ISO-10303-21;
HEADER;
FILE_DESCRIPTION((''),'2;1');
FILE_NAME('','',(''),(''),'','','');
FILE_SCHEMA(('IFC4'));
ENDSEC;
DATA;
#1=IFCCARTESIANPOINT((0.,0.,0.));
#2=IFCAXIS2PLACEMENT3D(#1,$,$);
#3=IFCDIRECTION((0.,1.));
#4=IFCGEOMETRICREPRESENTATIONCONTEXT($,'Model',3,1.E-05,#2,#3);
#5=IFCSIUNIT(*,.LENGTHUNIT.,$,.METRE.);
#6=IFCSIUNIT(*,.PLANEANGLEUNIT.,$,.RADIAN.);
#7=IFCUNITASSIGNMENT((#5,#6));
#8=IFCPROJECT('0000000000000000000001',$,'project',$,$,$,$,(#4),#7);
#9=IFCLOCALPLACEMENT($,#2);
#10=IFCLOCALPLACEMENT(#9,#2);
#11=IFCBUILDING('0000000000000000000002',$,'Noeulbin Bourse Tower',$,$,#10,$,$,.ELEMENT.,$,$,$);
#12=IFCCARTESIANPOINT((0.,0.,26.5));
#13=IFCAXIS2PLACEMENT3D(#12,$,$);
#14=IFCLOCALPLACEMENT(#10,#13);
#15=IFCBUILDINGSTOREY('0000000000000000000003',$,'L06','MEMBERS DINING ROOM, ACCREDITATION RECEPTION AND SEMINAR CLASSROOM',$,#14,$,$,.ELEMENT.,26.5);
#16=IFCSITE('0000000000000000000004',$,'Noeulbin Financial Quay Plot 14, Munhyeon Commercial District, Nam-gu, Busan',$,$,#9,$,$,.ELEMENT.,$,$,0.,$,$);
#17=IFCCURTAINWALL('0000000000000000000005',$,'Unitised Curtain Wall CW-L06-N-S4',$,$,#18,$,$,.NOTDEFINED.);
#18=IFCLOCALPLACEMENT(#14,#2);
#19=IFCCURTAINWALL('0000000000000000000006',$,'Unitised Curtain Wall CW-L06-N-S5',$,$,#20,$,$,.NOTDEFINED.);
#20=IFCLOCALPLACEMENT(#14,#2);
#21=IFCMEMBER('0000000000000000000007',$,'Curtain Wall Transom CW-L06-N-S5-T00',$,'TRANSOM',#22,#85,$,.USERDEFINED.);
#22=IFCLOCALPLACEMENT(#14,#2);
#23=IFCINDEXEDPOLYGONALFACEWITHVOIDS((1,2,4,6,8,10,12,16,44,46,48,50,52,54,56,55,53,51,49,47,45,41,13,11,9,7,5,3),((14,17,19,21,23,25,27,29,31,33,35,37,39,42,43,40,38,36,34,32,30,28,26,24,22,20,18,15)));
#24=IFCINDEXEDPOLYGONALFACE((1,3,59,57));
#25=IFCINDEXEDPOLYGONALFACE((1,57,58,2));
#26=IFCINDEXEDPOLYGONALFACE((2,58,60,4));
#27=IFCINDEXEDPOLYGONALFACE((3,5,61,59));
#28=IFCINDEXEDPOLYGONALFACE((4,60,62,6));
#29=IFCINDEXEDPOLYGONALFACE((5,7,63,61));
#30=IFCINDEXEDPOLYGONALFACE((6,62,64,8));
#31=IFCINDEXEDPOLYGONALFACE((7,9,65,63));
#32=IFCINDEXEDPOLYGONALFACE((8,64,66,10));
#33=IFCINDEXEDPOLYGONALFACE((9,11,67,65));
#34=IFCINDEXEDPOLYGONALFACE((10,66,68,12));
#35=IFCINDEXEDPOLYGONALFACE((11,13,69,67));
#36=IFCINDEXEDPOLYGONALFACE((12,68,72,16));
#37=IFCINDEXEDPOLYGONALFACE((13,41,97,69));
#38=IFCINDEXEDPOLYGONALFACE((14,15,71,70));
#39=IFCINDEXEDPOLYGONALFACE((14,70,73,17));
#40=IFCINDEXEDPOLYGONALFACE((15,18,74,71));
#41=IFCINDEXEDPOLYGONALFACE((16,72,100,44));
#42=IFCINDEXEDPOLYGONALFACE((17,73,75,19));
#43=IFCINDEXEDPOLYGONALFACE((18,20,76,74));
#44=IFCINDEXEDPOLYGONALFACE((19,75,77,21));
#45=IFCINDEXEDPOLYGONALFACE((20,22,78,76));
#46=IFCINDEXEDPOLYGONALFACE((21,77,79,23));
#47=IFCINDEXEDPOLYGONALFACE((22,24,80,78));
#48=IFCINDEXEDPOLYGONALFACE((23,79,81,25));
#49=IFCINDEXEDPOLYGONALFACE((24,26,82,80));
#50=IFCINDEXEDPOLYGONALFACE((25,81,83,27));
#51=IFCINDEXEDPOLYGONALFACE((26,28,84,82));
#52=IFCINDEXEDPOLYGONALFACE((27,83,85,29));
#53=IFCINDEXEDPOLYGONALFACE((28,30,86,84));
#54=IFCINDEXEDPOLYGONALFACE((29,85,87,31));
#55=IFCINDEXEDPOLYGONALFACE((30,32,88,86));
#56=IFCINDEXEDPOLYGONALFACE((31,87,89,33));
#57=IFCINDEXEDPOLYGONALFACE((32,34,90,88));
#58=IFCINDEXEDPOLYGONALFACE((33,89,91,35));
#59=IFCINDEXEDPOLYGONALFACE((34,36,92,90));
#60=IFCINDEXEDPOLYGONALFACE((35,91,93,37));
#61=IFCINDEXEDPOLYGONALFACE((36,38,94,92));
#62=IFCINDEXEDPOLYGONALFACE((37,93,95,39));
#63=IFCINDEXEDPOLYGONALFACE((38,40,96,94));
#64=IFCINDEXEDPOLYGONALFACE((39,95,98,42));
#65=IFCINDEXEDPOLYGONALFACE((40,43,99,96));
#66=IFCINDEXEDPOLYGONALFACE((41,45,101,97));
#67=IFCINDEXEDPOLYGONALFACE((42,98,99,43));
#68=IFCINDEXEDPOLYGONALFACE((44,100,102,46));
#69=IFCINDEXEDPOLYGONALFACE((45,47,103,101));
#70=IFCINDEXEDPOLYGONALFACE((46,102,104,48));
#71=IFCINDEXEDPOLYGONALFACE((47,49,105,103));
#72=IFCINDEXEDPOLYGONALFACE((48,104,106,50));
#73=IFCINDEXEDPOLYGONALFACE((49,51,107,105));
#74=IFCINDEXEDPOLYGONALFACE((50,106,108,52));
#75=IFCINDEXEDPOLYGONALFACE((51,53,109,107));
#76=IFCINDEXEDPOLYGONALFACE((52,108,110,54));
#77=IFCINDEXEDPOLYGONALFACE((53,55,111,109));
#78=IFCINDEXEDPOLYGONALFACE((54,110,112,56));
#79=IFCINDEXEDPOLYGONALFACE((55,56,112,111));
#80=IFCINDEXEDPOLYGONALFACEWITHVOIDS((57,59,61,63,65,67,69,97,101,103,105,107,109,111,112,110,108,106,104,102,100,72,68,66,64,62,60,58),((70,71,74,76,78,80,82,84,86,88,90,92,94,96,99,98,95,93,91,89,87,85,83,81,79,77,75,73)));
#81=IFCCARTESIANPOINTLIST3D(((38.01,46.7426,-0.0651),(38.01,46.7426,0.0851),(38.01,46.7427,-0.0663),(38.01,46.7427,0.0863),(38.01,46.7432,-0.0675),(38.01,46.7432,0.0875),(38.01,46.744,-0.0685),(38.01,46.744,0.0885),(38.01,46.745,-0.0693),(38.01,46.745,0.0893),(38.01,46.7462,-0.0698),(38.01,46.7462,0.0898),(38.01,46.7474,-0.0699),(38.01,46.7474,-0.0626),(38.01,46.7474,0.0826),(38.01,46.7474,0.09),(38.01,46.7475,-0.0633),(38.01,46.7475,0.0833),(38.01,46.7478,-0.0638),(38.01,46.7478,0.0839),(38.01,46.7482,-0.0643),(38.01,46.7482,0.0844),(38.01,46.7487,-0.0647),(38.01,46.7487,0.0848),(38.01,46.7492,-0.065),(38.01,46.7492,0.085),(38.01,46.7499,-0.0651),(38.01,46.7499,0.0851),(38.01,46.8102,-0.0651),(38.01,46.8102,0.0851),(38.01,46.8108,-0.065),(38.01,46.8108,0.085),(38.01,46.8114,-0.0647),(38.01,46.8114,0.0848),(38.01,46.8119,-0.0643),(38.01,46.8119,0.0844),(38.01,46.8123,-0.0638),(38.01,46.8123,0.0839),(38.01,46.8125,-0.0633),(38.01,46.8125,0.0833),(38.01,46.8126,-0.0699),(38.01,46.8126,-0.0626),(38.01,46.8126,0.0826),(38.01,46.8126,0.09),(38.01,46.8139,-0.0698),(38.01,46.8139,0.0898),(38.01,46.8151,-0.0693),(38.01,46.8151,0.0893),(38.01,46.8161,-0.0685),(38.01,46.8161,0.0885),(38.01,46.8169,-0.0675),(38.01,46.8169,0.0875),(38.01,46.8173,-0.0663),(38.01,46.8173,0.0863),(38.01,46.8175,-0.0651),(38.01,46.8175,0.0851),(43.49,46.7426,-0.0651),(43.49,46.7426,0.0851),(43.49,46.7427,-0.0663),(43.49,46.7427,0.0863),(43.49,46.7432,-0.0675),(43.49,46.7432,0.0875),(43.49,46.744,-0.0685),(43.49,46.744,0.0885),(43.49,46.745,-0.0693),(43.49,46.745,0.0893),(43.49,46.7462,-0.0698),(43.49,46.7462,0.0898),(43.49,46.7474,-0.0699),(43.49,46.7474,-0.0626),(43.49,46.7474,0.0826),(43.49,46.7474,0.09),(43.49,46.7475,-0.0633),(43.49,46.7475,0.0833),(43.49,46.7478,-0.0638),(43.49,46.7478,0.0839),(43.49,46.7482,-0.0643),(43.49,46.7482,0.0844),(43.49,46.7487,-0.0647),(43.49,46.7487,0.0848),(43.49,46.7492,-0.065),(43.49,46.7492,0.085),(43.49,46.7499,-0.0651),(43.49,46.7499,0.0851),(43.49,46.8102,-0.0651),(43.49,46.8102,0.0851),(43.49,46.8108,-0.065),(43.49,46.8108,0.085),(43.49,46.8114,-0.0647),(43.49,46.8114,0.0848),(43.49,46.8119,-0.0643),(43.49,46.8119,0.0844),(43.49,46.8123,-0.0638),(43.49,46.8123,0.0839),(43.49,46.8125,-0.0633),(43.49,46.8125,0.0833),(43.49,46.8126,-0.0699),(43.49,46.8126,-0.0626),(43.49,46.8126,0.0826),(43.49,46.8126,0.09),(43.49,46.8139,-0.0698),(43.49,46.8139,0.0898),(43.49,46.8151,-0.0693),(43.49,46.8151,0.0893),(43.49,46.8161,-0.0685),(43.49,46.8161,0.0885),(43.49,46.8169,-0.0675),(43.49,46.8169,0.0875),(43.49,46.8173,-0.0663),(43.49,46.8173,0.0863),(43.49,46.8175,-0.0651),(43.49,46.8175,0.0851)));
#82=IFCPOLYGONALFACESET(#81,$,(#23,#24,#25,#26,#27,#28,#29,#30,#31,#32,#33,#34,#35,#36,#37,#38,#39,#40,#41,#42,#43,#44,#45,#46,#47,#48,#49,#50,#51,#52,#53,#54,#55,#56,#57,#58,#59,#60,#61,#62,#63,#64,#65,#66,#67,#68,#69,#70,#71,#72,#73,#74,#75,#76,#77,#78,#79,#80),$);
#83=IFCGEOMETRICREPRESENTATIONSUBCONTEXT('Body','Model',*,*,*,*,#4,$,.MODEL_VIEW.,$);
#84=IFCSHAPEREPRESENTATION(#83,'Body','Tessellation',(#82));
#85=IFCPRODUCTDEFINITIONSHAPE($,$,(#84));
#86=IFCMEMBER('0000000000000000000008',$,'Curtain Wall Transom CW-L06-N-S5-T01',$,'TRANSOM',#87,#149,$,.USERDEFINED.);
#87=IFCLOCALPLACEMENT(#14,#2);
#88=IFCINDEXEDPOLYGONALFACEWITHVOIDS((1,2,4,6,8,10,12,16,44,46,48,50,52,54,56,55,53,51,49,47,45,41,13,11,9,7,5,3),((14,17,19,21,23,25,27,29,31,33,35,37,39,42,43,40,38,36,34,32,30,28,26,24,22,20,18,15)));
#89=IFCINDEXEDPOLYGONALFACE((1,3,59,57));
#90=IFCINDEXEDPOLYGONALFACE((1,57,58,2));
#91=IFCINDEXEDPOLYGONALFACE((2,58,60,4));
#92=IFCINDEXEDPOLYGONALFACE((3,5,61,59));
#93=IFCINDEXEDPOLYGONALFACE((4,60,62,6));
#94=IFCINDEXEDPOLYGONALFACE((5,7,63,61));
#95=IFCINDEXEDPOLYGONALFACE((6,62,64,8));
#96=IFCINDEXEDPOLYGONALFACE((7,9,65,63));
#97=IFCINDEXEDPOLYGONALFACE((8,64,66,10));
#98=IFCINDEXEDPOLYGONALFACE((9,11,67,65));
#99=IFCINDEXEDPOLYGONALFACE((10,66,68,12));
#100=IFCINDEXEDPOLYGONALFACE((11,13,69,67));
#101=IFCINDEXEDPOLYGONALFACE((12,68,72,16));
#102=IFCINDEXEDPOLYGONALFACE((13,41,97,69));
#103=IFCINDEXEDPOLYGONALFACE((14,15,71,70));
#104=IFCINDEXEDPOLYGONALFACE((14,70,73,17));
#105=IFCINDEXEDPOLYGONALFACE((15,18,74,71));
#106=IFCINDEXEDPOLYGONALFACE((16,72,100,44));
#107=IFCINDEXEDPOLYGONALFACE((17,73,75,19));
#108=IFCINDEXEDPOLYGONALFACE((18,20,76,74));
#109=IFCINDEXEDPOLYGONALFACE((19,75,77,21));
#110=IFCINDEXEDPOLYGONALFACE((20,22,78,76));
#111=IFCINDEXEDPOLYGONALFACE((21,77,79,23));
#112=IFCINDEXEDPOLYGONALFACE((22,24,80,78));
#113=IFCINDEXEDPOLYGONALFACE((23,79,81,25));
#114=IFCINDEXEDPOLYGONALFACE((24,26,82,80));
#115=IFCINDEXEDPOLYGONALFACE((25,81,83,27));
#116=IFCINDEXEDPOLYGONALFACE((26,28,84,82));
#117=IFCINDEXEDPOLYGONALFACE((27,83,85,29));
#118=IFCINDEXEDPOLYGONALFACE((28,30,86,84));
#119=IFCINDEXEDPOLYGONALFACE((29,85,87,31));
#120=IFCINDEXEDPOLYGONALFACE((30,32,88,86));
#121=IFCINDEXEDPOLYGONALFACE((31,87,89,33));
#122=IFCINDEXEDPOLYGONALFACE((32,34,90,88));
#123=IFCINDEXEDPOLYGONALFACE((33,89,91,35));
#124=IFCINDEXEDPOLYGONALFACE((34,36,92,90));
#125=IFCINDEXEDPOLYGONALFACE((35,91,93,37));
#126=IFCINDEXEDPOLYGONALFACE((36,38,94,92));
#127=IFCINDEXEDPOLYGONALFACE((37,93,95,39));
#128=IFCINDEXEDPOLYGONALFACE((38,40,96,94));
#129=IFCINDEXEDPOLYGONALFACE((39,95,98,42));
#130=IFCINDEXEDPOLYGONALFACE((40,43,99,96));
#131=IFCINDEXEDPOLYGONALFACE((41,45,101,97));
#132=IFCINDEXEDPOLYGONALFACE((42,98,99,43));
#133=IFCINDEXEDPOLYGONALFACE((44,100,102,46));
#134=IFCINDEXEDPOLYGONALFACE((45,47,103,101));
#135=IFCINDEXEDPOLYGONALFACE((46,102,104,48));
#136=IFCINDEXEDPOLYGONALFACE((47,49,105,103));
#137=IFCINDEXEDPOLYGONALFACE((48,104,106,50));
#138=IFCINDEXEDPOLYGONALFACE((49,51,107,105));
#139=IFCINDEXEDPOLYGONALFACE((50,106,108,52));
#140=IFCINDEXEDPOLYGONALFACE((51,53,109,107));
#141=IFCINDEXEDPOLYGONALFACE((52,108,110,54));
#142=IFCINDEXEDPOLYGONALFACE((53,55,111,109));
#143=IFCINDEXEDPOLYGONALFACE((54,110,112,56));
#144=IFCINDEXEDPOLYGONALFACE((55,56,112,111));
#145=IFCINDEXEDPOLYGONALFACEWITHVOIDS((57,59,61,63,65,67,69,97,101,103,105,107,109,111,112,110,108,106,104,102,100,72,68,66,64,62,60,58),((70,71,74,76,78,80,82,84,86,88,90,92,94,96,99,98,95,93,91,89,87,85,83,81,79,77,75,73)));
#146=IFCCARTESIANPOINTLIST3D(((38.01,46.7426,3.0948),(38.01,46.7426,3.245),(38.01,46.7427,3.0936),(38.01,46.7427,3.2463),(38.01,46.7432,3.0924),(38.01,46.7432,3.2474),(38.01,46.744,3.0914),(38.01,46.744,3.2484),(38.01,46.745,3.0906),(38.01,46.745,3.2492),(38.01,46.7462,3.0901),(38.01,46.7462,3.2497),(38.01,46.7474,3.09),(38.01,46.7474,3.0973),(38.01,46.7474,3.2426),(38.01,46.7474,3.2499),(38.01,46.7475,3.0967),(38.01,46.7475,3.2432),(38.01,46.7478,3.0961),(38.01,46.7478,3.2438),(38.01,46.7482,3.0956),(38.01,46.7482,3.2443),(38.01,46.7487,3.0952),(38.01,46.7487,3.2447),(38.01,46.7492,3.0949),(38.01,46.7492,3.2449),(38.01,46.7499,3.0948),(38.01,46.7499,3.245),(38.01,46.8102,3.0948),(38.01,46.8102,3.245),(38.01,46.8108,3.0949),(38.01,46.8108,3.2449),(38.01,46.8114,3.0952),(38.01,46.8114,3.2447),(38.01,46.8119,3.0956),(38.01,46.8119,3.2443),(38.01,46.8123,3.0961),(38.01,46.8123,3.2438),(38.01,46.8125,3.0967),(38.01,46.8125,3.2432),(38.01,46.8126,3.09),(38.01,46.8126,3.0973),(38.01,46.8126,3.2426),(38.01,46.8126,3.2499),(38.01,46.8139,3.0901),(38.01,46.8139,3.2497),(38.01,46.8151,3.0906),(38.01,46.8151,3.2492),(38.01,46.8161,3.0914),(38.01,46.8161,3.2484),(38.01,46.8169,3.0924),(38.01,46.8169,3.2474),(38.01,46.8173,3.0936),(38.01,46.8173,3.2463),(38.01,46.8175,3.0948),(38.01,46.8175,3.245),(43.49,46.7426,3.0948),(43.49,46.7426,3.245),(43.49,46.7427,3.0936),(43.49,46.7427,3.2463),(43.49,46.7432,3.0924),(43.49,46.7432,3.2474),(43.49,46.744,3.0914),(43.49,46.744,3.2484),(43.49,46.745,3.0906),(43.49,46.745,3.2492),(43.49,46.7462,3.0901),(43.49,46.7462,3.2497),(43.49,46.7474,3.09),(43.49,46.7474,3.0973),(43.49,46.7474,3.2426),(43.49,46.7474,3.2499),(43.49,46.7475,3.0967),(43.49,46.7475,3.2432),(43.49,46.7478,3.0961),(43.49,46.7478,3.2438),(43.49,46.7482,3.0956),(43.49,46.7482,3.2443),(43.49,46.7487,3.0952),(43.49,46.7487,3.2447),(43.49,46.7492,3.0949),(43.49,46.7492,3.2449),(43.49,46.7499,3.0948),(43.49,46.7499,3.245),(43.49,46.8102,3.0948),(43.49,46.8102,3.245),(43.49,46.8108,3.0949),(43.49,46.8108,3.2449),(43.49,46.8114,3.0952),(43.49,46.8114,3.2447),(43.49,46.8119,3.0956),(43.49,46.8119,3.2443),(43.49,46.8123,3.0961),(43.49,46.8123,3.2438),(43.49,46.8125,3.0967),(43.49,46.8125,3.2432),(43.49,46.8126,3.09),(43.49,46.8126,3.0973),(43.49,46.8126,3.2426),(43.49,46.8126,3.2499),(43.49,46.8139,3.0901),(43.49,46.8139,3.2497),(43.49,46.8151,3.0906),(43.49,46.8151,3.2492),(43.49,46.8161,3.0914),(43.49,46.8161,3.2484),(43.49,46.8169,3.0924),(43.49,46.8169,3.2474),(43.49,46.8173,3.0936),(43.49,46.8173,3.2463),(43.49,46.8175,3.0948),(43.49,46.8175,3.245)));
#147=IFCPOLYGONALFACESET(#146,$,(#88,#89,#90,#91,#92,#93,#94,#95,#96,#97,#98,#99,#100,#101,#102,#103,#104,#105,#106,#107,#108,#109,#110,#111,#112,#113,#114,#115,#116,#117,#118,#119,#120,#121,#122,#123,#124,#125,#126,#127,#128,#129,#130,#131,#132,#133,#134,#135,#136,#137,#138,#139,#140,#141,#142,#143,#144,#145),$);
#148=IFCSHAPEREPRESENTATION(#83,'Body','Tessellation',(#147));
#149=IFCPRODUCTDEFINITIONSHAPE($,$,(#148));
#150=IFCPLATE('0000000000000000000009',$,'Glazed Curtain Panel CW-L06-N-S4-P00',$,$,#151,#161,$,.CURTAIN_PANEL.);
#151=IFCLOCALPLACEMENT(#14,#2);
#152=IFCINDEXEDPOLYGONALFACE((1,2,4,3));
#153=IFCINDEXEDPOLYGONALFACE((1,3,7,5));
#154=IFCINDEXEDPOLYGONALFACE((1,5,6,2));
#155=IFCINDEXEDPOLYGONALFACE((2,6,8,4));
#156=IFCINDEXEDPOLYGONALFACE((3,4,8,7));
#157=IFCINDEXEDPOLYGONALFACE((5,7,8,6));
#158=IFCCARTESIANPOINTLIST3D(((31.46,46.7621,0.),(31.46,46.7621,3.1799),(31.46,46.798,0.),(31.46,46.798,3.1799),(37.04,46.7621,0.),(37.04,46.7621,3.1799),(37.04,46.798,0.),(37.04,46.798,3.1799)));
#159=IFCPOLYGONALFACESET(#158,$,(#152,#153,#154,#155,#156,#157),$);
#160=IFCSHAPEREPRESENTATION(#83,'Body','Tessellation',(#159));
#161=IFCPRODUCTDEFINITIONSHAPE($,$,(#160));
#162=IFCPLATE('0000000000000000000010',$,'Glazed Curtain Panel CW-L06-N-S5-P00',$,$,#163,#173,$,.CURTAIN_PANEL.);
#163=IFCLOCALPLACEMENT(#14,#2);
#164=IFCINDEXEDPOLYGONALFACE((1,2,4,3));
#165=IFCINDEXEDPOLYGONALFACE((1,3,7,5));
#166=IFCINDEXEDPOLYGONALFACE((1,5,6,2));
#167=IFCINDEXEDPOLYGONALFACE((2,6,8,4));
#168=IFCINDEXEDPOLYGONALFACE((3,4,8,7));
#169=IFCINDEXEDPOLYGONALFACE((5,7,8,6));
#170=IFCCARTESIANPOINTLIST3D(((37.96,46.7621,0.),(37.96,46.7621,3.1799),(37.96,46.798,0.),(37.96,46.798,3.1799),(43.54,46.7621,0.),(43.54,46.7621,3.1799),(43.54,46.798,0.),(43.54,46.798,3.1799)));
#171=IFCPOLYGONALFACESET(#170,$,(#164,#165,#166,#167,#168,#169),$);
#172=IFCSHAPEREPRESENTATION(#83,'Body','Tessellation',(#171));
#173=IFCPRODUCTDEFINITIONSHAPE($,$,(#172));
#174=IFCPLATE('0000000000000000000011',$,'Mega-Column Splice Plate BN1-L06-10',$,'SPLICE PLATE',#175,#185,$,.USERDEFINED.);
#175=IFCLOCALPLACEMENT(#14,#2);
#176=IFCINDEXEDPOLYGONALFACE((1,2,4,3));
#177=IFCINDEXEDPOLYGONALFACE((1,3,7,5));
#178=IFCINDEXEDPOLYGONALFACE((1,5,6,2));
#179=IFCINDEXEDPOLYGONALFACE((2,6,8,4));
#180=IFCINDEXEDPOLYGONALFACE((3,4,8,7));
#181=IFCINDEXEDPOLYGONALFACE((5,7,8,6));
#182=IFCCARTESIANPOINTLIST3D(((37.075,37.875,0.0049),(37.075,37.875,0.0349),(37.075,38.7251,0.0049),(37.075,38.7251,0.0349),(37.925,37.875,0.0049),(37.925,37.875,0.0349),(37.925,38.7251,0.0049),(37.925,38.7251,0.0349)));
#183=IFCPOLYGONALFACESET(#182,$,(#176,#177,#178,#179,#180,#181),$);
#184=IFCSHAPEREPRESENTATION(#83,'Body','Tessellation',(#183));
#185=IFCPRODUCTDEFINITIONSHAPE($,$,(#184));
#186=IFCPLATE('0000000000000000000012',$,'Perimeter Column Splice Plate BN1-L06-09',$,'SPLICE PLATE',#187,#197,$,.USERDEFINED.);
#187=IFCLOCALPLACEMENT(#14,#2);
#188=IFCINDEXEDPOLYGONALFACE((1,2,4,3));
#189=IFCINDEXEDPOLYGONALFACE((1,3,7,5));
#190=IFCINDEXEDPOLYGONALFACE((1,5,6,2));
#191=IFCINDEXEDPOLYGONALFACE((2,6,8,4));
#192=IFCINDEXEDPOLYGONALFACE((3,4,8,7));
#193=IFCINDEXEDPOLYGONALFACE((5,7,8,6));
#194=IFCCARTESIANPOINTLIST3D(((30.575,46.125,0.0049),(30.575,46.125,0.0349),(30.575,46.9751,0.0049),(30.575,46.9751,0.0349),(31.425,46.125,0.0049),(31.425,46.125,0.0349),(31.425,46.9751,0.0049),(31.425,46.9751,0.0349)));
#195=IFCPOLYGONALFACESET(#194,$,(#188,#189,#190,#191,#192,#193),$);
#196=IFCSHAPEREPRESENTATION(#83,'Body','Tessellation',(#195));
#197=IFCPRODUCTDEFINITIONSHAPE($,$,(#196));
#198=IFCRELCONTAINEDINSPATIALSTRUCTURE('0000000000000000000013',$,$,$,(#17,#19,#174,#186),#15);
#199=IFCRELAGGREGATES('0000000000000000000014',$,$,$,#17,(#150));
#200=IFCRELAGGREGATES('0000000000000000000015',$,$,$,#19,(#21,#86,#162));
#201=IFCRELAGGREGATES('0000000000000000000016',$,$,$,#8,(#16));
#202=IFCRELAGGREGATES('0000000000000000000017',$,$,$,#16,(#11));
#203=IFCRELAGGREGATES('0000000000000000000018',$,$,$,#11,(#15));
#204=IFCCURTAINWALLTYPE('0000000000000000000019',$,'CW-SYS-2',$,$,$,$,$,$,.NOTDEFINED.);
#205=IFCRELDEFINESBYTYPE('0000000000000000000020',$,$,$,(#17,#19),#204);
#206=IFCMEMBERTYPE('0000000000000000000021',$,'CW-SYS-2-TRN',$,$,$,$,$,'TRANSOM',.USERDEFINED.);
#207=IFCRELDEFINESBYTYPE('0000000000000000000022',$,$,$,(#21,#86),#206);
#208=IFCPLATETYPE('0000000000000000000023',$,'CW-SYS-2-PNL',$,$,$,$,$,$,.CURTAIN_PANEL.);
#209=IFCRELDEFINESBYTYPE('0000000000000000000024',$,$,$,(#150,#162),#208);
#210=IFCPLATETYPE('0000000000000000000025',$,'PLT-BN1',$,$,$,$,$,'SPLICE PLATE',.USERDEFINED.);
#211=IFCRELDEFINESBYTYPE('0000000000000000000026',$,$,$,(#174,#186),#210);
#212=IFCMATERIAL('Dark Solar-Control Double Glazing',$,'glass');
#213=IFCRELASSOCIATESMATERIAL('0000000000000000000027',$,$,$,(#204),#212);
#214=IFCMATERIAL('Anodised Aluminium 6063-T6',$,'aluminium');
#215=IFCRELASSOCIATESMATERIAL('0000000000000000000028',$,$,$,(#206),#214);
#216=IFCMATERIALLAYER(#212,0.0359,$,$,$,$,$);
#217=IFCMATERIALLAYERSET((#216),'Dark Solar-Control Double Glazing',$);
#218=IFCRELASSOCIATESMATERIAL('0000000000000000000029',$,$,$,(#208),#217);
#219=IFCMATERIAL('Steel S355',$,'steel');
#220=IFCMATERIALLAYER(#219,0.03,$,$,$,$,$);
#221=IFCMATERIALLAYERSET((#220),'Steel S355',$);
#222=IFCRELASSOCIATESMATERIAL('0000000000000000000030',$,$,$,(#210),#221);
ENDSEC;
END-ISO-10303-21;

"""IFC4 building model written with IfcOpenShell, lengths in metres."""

from ifc_helpers import new_model, si_unit, direction, frame, origin, origin_2d, place, context, subcontext, project, spatial, rectangle, hollow_rectangle, extrude, material, layer, layer_set, material_profile, profile_set, type_object, element, aggregate, save


model = new_model("IFC4")

# Units and contexts
model_context = context("Model", 3, precision=1e-05, world=origin(), true_north=direction((0.0, 1.0)))
body_context = subcontext(model_context, "Body", "Model", "MODEL_VIEW")
ifc_project = project(units=[si_unit("LENGTHUNIT", "METRE"), si_unit("PLANEANGLEUNIT", "RADIAN")], contexts=[model_context])

# Site, building, storey
site_placement = place(None, origin())
site = spatial("IfcSite", under=ifc_project, at=site_placement, Name="Noeulbin Financial Quay Plot 14, Munhyeon Commercial District, Nam-gu, Busan", CompositionType="ELEMENT", RefElevation=0.0)
building_placement = place(site_placement, origin())
building = spatial("IfcBuilding", under=site, at=building_placement, Name="Noeulbin Bourse Tower", CompositionType="ELEMENT")
storey_placement = place(building_placement, frame((0.0, 0.0, 26.5)))
storey = spatial("IfcBuildingStorey", under=building, at=storey_placement, Name="L06", Description="MEMBERS DINING ROOM, ACCREDITATION RECEPTION AND SEMINAR CLASSROOM", CompositionType="ELEMENT", Elevation=26.5)

# Shared definitions
ifc_material_1 = material(Name="Steel S355", Category="steel")

# Shared definitions
ifc_material_2 = material(Name="Dark Solar-Control Double Glazing", Category="glass")
curtain_wall_type = type_object("IfcCurtainWallType", Name="CW-SYS-2", PredefinedType="NOTDEFINED", material=ifc_material_2)
ifc_material_3 = material(Name="Anodised Aluminium 6063-T6", Category="aluminium")

# Curtain wall
curtain_wall_1_placement = place(storey_placement, origin())
curtain_wall_1 = element("IfcCurtainWall", 1, at=curtain_wall_1_placement, inside=storey, type_object=curtain_wall_type, Name="Unitised Curtain Wall CW-L06-N-S4", PredefinedType="NOTDEFINED")

# Curtain wall
curtain_wall_2_placement = place(storey_placement, origin())
curtain_wall_2 = element("IfcCurtainWall", 2, at=curtain_wall_2_placement, inside=storey, type_object=curtain_wall_type, Name="Unitised Curtain Wall CW-L06-N-S5", PredefinedType="NOTDEFINED")

# Members
ifc_material_profile_1 = material_profile(ifc_material_3, hollow_rectangle(XDim=0.075, YDim=0.1599, WallThickness=0.0049, InnerFilletRadius=0.0024, OuterFilletRadius=0.0049, at=origin_2d()), Name="ALU-TRAN-75x160x5", Category="LoadBearing")
ifc_profile_set_1 = profile_set([ifc_material_profile_1], Name="Anodised Aluminium 6063-T6")
member_type_1 = type_object("IfcMemberType", Name="CW-SYS-2-TRN", ElementType="TRANSOM", PredefinedType="USERDEFINED", material=ifc_profile_set_1)
member_1_placement = place(storey_placement, frame((38.01, 46.78, 0.01), z_axis=(1.0, 0.0, 0.0), x_axis=(0.0, 1.0, 0.0)))
member_1 = element("IfcMember", 3, at=member_1_placement, type_object=member_type_1, Name="Curtain Wall Transom CW-L06-N-S5-T00", ObjectType="TRANSOM", PredefinedType="USERDEFINED", context=body_context, shape_type="SweptSolid", body=[
    extrude(hollow_rectangle(XDim=0.075, YDim=0.1599, WallThickness=0.0049, InnerFilletRadius=0.0024, OuterFilletRadius=0.0049, at=origin_2d()), origin(), (0.0, 0.0, 1.0), 5.48),
])
member_2_placement = place(storey_placement, frame((38.01, 46.78, 3.1699), z_axis=(1.0, 0.0, 0.0), x_axis=(0.0, 1.0, 0.0)))
member_2 = element("IfcMember", 4, at=member_2_placement, type_object=member_type_1, Name="Curtain Wall Transom CW-L06-N-S5-T01", ObjectType="TRANSOM", PredefinedType="USERDEFINED", context=body_context, shape_type="SweptSolid", body=[
    extrude(hollow_rectangle(XDim=0.075, YDim=0.1599, WallThickness=0.0049, InnerFilletRadius=0.0024, OuterFilletRadius=0.0049, at=origin_2d()), origin(), (0.0, 0.0, 1.0), 5.48),
])

# Plates
ifc_layer_1 = layer(ifc_material_2, 0.0359)
ifc_layer_set_1 = layer_set([ifc_layer_1], Name="Dark Solar-Control Double Glazing")
plate_type_1 = type_object("IfcPlateType", Name="CW-SYS-2-PNL", PredefinedType="CURTAIN_PANEL", material=ifc_layer_set_1)
plate_1_placement = place(storey_placement, frame((34.25, 46.78, 0.0), z_axis=(0.0, 0.0, 1.0), x_axis=(1.0, 0.0, 0.0)))
plate_1 = element("IfcPlate", 5, at=plate_1_placement, type_object=plate_type_1, Name="Glazed Curtain Panel CW-L06-N-S4-P00", PredefinedType="CURTAIN_PANEL", context=body_context, shape_type="SweptSolid", body=[
    extrude(rectangle(XDim=5.5801, YDim=0.0359, at=origin_2d()), origin(), (0.0, 0.0, 1.0), 3.1799),
])
aggregate(curtain_wall_1, [plate_1])
plate_2_placement = place(storey_placement, frame((40.75, 46.78, 0.0), z_axis=(0.0, 0.0, 1.0), x_axis=(1.0, 0.0, 0.0)))
plate_2 = element("IfcPlate", 6, at=plate_2_placement, type_object=plate_type_1, Name="Glazed Curtain Panel CW-L06-N-S5-P00", PredefinedType="CURTAIN_PANEL", context=body_context, shape_type="SweptSolid", body=[
    extrude(rectangle(XDim=5.5801, YDim=0.0359, at=origin_2d()), origin(), (0.0, 0.0, 1.0), 3.1799),
])
aggregate(curtain_wall_2, [member_1, member_2, plate_2])

# Plates
ifc_layer_2 = layer(ifc_material_1, 0.03)
ifc_layer_set_2 = layer_set([ifc_layer_2], Name="Steel S355")
plate_type_2 = type_object("IfcPlateType", Name="PLT-BN1", ElementType="SPLICE PLATE", PredefinedType="USERDEFINED", material=ifc_layer_set_2)
for number, where, z_axis, x_axis, name in (
    (7, (37.5, 38.3, 0.0049), (0.0, 0.0, 1.0), (1.0, 0.0, 0.0), "Mega-Column Splice Plate BN1-L06-10"),
    (8, (31.0, 46.55, 0.0049), (0.0, 0.0, 1.0), (1.0, 0.0, 0.0), "Perimeter Column Splice Plate BN1-L06-09"),
):
    element("IfcPlate", number, at=place(storey_placement, frame(where, z_axis=z_axis, x_axis=x_axis)), inside=storey, type_object=plate_type_2, Name=name, ObjectType="SPLICE PLATE", PredefinedType="USERDEFINED", context=body_context, shape_type="SweptSolid", body=[
        extrude(rectangle(XDim=0.8501, YDim=0.8501, at=origin_2d()), origin(), (0.0, 0.0, 1.0), 0.03),
    ])

save(model, "model.ifc")
